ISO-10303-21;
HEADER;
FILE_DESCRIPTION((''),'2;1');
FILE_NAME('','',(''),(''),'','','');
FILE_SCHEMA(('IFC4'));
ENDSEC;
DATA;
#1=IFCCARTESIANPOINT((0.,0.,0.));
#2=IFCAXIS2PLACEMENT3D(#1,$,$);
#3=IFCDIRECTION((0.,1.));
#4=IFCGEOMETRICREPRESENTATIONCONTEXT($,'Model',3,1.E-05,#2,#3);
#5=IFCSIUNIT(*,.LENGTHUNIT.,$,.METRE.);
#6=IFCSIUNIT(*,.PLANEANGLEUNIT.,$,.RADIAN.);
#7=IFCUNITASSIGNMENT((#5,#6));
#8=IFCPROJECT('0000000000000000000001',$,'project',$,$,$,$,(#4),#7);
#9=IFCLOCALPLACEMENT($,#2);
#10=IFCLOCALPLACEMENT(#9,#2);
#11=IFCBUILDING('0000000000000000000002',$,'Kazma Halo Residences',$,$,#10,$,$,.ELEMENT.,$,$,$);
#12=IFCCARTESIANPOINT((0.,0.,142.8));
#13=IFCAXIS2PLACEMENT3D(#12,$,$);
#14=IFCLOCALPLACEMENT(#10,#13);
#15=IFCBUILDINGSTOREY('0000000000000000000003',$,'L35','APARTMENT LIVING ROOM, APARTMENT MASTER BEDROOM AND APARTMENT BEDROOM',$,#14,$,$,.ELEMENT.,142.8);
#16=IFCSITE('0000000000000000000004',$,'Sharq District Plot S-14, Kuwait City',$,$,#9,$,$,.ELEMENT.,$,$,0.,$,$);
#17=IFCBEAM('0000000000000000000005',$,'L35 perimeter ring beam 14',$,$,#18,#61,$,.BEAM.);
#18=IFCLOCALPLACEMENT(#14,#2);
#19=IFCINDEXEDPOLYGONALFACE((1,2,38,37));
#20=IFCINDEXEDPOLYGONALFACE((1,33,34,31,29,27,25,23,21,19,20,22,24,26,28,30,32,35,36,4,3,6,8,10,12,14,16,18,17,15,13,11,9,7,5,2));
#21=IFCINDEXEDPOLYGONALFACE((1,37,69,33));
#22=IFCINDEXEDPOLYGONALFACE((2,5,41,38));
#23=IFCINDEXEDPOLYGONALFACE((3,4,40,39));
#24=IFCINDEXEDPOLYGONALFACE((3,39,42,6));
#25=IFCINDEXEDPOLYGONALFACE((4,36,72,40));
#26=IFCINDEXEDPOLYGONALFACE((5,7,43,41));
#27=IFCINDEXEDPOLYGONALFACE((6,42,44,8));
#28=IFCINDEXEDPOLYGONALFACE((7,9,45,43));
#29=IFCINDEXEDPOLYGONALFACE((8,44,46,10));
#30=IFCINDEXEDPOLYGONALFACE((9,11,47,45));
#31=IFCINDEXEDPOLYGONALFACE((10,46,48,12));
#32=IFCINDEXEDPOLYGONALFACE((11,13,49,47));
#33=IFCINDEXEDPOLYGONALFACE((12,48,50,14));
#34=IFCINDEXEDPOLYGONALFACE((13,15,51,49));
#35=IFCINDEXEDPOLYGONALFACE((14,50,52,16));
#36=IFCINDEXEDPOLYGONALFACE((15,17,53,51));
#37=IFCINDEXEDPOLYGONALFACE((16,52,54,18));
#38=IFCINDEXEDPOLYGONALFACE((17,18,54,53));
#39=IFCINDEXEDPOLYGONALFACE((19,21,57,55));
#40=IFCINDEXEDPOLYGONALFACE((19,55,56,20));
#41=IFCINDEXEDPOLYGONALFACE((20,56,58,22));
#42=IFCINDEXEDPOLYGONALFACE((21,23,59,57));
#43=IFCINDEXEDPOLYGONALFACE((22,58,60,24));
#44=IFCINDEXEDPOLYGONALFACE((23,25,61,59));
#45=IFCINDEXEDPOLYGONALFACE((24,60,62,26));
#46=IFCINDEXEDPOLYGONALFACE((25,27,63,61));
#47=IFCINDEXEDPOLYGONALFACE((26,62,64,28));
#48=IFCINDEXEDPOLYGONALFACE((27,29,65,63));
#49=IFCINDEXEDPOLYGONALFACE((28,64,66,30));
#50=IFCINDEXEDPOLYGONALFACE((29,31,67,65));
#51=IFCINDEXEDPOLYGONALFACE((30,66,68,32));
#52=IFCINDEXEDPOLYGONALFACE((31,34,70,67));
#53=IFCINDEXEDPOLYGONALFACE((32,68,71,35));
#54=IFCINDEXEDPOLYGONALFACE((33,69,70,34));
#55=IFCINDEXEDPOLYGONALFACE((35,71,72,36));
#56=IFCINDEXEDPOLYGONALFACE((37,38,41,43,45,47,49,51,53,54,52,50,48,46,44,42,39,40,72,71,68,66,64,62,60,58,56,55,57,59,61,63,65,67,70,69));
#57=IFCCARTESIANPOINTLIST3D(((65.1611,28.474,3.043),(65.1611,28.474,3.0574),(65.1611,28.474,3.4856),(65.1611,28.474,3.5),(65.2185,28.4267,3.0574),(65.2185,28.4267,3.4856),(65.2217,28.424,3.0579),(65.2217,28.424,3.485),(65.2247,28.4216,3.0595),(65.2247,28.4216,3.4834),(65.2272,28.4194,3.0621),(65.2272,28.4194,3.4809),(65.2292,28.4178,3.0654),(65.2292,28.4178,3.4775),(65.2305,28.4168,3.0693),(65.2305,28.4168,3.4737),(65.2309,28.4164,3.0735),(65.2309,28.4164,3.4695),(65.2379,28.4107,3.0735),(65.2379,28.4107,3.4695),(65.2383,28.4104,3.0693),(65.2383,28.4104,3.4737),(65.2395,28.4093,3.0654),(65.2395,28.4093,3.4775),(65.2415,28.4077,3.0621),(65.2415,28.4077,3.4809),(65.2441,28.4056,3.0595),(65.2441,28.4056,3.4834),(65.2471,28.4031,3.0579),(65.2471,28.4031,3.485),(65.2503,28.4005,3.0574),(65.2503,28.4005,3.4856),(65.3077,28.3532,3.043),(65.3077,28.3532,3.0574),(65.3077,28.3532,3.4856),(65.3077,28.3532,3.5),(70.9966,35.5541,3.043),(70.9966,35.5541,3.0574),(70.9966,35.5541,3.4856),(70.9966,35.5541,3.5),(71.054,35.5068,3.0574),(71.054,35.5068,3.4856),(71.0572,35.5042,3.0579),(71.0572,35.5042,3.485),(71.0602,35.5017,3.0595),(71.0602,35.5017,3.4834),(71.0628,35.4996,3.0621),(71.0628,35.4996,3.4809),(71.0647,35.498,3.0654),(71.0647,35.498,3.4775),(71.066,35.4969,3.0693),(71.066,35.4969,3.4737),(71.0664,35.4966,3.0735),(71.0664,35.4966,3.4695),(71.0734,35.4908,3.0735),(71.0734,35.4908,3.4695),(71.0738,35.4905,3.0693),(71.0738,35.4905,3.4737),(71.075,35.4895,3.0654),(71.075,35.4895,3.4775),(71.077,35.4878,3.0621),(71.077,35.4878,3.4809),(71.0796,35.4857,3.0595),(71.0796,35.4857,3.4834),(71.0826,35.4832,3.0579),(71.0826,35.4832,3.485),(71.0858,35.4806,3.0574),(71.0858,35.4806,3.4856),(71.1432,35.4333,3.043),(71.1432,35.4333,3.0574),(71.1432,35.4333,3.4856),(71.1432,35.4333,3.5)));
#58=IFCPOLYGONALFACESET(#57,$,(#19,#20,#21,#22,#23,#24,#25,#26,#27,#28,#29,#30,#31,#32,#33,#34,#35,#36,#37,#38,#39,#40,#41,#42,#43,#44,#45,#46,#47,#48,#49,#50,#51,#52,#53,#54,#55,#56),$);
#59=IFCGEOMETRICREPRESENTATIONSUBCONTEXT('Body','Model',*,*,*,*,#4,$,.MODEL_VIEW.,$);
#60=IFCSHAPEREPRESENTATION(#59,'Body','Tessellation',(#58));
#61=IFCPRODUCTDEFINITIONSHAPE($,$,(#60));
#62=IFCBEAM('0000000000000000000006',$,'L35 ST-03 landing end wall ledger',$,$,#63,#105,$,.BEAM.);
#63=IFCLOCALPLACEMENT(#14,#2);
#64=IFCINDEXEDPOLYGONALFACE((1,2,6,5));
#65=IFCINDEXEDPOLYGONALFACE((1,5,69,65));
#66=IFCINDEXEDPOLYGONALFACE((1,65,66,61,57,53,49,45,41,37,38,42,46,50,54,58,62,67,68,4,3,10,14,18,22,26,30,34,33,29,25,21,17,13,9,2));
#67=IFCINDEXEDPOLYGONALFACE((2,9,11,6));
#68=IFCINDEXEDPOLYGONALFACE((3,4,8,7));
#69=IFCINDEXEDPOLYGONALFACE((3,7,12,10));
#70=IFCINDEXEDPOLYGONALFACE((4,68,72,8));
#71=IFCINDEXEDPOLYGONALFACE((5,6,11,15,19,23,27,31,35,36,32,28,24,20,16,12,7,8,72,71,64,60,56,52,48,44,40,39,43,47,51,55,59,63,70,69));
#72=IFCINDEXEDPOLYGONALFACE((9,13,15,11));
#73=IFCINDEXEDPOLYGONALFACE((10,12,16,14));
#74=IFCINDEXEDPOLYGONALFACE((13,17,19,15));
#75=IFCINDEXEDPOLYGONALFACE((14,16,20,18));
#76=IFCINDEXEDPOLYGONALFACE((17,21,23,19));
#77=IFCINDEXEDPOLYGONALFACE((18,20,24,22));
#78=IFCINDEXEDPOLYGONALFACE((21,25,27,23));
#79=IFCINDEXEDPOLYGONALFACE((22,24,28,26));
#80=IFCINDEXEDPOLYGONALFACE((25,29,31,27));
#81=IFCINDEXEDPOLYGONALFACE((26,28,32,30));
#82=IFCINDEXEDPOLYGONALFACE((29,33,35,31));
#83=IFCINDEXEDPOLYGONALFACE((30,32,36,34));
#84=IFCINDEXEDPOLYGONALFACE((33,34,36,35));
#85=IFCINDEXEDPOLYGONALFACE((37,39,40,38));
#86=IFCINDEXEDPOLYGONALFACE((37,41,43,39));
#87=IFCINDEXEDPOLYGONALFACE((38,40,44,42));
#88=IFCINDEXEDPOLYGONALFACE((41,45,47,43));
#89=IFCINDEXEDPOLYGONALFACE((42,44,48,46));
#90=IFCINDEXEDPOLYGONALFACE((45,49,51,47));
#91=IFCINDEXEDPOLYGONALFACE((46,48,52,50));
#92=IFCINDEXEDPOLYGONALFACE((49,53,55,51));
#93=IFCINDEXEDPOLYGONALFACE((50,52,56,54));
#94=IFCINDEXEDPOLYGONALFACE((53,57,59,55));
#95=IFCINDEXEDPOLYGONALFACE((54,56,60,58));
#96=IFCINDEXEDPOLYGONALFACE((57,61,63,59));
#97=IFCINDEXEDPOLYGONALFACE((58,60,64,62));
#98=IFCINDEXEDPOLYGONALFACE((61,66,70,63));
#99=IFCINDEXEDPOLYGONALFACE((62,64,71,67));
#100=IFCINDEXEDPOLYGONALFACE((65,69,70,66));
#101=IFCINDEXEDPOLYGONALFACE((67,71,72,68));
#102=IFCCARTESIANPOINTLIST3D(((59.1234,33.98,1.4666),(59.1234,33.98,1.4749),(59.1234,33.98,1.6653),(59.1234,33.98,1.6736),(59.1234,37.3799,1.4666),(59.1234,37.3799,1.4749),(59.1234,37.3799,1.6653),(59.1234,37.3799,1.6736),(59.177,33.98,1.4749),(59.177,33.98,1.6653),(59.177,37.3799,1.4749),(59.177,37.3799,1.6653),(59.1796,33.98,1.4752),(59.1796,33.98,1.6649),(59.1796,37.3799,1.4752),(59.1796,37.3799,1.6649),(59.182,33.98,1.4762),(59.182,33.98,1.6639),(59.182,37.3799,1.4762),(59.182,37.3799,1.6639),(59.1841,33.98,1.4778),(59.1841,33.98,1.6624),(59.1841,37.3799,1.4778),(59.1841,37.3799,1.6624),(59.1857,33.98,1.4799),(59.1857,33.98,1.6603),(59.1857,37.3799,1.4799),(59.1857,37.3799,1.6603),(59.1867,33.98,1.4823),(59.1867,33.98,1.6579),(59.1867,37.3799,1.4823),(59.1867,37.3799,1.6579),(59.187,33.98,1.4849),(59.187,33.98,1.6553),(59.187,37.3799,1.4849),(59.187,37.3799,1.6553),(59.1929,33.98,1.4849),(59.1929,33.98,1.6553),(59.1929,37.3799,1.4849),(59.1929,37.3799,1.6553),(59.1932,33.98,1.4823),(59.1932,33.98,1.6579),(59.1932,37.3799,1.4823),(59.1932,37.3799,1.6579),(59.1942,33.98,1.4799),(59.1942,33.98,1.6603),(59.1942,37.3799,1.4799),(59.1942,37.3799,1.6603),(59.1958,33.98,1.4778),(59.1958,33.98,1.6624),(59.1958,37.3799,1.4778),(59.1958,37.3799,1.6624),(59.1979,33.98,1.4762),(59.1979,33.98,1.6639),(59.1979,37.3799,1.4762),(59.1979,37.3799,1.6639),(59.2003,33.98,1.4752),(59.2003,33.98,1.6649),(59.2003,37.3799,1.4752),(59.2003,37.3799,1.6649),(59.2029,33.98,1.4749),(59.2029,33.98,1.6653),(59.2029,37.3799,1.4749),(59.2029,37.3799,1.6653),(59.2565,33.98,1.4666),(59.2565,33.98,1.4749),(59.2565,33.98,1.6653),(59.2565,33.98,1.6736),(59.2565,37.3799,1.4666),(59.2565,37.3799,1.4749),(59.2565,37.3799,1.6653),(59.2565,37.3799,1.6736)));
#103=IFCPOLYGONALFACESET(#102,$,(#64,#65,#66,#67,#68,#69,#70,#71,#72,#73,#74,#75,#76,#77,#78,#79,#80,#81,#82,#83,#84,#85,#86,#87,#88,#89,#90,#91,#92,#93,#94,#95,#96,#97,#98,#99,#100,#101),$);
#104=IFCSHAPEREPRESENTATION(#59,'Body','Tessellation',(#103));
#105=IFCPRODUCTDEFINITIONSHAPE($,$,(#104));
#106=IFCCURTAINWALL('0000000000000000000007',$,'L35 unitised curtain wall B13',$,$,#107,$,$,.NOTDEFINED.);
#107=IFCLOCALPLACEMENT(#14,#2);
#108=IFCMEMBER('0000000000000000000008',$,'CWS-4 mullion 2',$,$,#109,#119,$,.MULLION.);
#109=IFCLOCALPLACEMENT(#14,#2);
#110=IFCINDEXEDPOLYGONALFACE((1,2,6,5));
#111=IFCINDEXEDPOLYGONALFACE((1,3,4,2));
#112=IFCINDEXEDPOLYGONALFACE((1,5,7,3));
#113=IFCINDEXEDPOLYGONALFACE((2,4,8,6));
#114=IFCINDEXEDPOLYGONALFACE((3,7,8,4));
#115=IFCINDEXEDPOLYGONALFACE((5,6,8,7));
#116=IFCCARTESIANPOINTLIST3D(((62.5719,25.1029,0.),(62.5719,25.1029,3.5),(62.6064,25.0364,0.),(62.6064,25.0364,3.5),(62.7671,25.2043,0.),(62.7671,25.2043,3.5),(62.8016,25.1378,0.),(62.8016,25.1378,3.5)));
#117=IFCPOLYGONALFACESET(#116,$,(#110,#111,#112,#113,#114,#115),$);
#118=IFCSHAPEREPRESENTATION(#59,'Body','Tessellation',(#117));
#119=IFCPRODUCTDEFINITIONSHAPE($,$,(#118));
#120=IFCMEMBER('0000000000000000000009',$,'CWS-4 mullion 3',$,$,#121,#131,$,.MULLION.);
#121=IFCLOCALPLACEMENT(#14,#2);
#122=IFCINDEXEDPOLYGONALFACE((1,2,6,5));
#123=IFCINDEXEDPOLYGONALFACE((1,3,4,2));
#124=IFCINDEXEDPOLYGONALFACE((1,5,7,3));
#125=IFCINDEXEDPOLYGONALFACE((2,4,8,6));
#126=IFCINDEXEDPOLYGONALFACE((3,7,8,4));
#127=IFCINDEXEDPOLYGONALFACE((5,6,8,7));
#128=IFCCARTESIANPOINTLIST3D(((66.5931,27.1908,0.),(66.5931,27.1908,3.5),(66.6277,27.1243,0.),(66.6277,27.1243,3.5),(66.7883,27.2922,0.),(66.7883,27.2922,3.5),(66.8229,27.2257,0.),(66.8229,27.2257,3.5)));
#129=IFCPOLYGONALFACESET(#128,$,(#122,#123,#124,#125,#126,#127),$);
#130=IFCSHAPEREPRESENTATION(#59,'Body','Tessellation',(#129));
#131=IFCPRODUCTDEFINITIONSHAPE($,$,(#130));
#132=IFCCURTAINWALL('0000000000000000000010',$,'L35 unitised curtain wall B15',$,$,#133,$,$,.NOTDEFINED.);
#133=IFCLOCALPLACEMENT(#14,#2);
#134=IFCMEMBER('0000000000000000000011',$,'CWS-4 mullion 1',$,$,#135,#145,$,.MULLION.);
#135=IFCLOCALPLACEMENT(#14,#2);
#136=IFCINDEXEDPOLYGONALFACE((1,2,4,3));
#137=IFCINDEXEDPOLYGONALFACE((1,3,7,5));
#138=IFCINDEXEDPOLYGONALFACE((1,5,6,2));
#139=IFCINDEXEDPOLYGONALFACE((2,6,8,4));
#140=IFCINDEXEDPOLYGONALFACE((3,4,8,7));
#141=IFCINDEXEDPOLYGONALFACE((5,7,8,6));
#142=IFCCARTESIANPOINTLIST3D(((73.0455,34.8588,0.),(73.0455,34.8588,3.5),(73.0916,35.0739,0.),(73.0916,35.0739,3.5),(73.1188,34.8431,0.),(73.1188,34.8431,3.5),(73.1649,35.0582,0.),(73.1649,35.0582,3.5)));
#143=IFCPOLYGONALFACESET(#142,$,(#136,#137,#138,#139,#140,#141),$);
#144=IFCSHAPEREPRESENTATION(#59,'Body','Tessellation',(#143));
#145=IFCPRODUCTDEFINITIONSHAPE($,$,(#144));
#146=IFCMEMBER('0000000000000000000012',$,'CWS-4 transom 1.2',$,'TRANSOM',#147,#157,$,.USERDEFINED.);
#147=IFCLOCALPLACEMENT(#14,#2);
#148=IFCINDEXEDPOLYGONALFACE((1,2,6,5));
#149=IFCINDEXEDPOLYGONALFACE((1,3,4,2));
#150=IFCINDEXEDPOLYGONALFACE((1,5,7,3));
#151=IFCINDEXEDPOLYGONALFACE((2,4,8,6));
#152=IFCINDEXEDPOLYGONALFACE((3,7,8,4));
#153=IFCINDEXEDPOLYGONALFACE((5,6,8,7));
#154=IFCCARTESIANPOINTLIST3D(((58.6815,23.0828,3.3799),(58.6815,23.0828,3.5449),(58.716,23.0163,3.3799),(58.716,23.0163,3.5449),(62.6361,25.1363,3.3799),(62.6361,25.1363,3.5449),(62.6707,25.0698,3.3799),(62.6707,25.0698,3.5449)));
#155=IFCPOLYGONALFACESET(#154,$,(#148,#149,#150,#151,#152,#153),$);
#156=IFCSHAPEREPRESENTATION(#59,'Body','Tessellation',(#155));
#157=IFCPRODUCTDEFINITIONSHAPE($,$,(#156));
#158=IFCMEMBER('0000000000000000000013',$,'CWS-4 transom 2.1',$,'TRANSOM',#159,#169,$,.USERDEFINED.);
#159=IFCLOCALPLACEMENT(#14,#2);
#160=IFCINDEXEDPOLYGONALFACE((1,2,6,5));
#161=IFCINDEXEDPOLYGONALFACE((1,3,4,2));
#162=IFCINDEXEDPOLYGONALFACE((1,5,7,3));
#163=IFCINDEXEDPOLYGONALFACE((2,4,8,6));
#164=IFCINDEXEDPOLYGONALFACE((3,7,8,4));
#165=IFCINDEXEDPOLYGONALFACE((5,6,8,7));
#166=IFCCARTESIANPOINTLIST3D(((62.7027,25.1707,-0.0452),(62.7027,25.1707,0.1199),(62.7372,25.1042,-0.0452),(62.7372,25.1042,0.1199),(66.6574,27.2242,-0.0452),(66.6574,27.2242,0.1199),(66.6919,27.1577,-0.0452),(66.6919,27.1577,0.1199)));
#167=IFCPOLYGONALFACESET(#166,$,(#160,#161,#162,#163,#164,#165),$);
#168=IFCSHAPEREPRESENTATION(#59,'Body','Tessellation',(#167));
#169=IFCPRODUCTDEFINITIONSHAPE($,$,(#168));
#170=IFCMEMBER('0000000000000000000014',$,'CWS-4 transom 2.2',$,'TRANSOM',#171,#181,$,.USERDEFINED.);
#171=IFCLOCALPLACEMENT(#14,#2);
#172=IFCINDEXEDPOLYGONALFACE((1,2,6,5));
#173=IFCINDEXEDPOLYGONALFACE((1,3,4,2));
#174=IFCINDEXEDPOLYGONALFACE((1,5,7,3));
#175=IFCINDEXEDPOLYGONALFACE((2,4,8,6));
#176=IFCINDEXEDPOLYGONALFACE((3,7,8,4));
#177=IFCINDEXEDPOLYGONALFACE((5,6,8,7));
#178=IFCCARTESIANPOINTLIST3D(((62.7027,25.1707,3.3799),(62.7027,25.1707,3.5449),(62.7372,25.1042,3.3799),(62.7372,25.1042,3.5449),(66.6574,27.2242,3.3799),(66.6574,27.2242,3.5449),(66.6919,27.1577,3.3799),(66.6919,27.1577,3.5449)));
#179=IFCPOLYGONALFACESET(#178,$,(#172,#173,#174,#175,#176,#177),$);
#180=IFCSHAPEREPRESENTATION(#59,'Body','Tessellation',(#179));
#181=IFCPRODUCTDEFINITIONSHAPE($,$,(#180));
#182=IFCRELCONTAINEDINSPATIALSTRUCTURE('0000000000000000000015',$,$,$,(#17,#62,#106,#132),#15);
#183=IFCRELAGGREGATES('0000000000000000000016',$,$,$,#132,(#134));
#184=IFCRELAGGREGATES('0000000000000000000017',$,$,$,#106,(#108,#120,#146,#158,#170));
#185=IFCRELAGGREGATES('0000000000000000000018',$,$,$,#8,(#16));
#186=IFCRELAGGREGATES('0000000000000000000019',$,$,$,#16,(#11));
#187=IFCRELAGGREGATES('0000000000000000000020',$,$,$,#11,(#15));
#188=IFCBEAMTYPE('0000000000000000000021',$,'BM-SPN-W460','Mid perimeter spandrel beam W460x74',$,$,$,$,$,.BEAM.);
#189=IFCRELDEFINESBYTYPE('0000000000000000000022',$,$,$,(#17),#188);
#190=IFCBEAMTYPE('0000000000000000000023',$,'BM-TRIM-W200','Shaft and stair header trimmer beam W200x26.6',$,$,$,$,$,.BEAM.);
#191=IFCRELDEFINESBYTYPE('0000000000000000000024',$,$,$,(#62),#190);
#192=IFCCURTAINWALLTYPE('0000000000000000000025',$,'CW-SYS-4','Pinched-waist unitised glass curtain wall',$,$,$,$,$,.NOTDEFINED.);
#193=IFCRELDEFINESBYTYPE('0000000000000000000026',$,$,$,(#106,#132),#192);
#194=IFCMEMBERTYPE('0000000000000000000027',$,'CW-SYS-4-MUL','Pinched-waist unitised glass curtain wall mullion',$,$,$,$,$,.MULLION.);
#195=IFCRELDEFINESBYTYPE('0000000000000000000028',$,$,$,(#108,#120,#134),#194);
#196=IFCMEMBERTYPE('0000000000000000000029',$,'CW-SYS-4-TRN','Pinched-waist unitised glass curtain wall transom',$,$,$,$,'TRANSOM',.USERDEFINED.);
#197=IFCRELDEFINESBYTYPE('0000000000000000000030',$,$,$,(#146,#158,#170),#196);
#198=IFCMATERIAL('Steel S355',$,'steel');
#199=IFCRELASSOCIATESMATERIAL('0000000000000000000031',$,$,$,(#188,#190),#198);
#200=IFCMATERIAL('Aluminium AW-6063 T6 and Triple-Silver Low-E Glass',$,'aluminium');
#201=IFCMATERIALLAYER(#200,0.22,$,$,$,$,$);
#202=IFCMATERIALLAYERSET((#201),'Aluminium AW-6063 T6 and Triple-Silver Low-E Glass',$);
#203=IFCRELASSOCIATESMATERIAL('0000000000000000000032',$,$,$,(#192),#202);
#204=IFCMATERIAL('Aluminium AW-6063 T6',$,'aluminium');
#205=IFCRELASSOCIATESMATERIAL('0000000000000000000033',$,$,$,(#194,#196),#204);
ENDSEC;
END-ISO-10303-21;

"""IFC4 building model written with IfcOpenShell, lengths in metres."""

from ifc_helpers import new_model, si_unit, direction, frame, origin, origin_2d, place, context, subcontext, project, spatial, rectangle, i_section, extrude, material, layer, layer_set, material_profile, profile_set, type_object, element, aggregate, save


model = new_model("IFC4")

# Units and contexts
model_context = context("Model", 3, precision=1e-05, world=origin(), true_north=direction((0.0, 1.0)))
body_context = subcontext(model_context, "Body", "Model", "MODEL_VIEW")
ifc_project = project(units=[si_unit("LENGTHUNIT", "METRE"), si_unit("PLANEANGLEUNIT", "RADIAN")], contexts=[model_context])

# Site, building, storey
site_placement = place(None, origin())
site = spatial("IfcSite", under=ifc_project, at=site_placement, Name="Sharq District Plot S-14, Kuwait City", CompositionType="ELEMENT", RefElevation=0.0)
building_placement = place(site_placement, origin())
building = spatial("IfcBuilding", under=site, at=building_placement, Name="Kazma Halo Residences", CompositionType="ELEMENT")
storey_placement = place(building_placement, frame((0.0, 0.0, 142.8)))
storey = spatial("IfcBuildingStorey", under=building, at=storey_placement, Name="L35", Description="APARTMENT LIVING ROOM, APARTMENT MASTER BEDROOM AND APARTMENT BEDROOM", CompositionType="ELEMENT", Elevation=142.8)

# Beams
ifc_material_1 = material(Name="Steel S355", Category="steel")
ifc_material_profile_1 = material_profile(ifc_material_1, i_section(OverallWidth=0.1899, OverallDepth=0.457, WebThickness=0.009, FlangeThickness=0.0144, FilletRadius=0.0161, at=origin_2d()), Name="W460x74")
ifc_profile_set_1 = profile_set([ifc_material_profile_1], Name="Steel S355")
beam_type_1 = type_object("IfcBeamType", Name="BM-SPN-W460", Description="Mid perimeter spandrel beam W460x74", PredefinedType="BEAM", material=ifc_profile_set_1)
beam_1_placement = place(storey_placement, frame((65.2344, 28.4136, 3.2715), z_axis=(0.636019, 0.771674, 0.0), x_axis=(-0.771674, 0.636019, 0.0)))
element("IfcBeam", 1, at=beam_1_placement, inside=storey, type_object=beam_type_1, Name="L35 perimeter ring beam 14", PredefinedType="BEAM", context=body_context, shape_type="SweptSolid", body=[
    extrude(i_section(OverallWidth=0.1899, OverallDepth=0.457, WebThickness=0.009, FlangeThickness=0.0144, FilletRadius=0.0161, at=origin_2d()), origin(), (0.0, 0.0, 1.0), 9.175),
])
ifc_material_profile_2 = material_profile(ifc_material_1, i_section(OverallWidth=0.1331, OverallDepth=0.207, WebThickness=0.0059, FlangeThickness=0.0083, FilletRadius=0.01, at=origin_2d()), Name="W200x26.6")
ifc_profile_set_2 = profile_set([ifc_material_profile_2], Name="Steel S355")
beam_type_2 = type_object("IfcBeamType", Name="BM-TRIM-W200", Description="Shaft and stair header trimmer beam W200x26.6", PredefinedType="BEAM", material=ifc_profile_set_2)
beam_2_placement = place(storey_placement, frame((59.1899, 33.98, 1.5701), z_axis=(0.0, 1.0, 0.0), x_axis=(-1.0, 0.0, 0.0)))
element("IfcBeam", 2, at=beam_2_placement, inside=storey, type_object=beam_type_2, Name="L35 ST-03 landing end wall ledger", PredefinedType="BEAM", context=body_context, shape_type="SweptSolid", body=[
    extrude(i_section(OverallWidth=0.1331, OverallDepth=0.207, WebThickness=0.0059, FlangeThickness=0.0083, FilletRadius=0.01, at=origin_2d()), origin(), (0.0, 0.0, 1.0), 3.3999),
])

# Curtain wall, members
ifc_material_2 = material(Name="Aluminium AW-6063 T6 and Triple-Silver Low-E Glass", Category="aluminium")
ifc_layer_1 = layer(ifc_material_2, 0.22)
ifc_layer_set_1 = layer_set([ifc_layer_1], Name="Aluminium AW-6063 T6 and Triple-Silver Low-E Glass")
curtain_wall_type = type_object("IfcCurtainWallType", Name="CW-SYS-4", Description="Pinched-waist unitised glass curtain wall", PredefinedType="NOTDEFINED", material=ifc_layer_set_1)
curtain_wall_1_placement = place(storey_placement, origin())
curtain_wall_1 = element("IfcCurtainWall", 3, at=curtain_wall_1_placement, inside=storey, type_object=curtain_wall_type, Name="L35 unitised curtain wall B13", PredefinedType="NOTDEFINED")
ifc_material_3 = material(Name="Aluminium AW-6063 T6", Category="aluminium")
ifc_material_profile_3 = material_profile(ifc_material_3, rectangle(XDim=0.075, YDim=0.22, at=origin_2d()), Name="CWM-75x220")
ifc_profile_set_3 = profile_set([ifc_material_profile_3], Name="Aluminium AW-6063 T6")
member_type_1 = type_object("IfcMemberType", Name="CW-SYS-4-MUL", Description="Pinched-waist unitised glass curtain wall mullion", PredefinedType="MULLION", material=ifc_profile_set_3)
member_1_placement = place(storey_placement, frame((62.6868, 25.1204, 0.0), z_axis=(0.0, 0.0, 1.0), x_axis=(-0.460837, 0.887485, 0.0)))
member_1 = element("IfcMember", 4, at=member_1_placement, type_object=member_type_1, Name="CWS-4 mullion 2", PredefinedType="MULLION", context=body_context, shape_type="SweptSolid", body=[
    extrude(rectangle(XDim=0.075, YDim=0.22, at=origin_2d()), origin(), (0.0, 0.0, 1.0), 3.5),
])
member_2_placement = place(storey_placement, frame((66.708, 27.2083, 0.0), z_axis=(0.0, 0.0, 1.0), x_axis=(-0.460837, 0.887485, 0.0)))
member_2 = element("IfcMember", 5, at=member_2_placement, type_object=member_type_1, Name="CWS-4 mullion 3", PredefinedType="MULLION", context=body_context, shape_type="SweptSolid", body=[
    extrude(rectangle(XDim=0.075, YDim=0.22, at=origin_2d()), origin(), (0.0, 0.0, 1.0), 3.5),
])

# Curtain wall, member
curtain_wall_2_placement = place(storey_placement, origin())
curtain_wall_2 = element("IfcCurtainWall", 6, at=curtain_wall_2_placement, inside=storey, type_object=curtain_wall_type, Name="L35 unitised curtain wall B15", PredefinedType="NOTDEFINED")
member_3_placement = place(storey_placement, frame((73.1052, 34.9585, 0.0), z_axis=(0.0, 0.0, 1.0), x_axis=(-0.977765, 0.209704, 0.0)))
member_3 = element("IfcMember", 7, at=member_3_placement, type_object=member_type_1, Name="CWS-4 mullion 1", PredefinedType="MULLION", context=body_context, shape_type="SweptSolid", body=[
    extrude(rectangle(XDim=0.075, YDim=0.22, at=origin_2d()), origin(), (0.0, 0.0, 1.0), 3.5),
])
aggregate(curtain_wall_2, [member_3])

# Members
ifc_material_profile_4 = material_profile(ifc_material_3, rectangle(XDim=0.075, YDim=0.165, at=origin_2d()), Name="CWT-75x165")
ifc_profile_set_4 = profile_set([ifc_material_profile_4], Name="Aluminium AW-6063 T6")
member_type_2 = type_object("IfcMemberType", Name="CW-SYS-4-TRN", Description="Pinched-waist unitised glass curtain wall transom", ElementType="TRANSOM", PredefinedType="USERDEFINED", material=ifc_profile_set_4)
member_4_placement = place(storey_placement, frame((58.6987, 23.0496, 3.4624), z_axis=(0.887485, 0.460837, 0.0), x_axis=(-0.460837, 0.887485, 0.0)))
member_4 = element("IfcMember", 8, at=member_4_placement, type_object=member_type_2, Name="CWS-4 transom 1.2", ObjectType="TRANSOM", PredefinedType="USERDEFINED", context=body_context, shape_type="SweptSolid", body=[
    extrude(rectangle(XDim=0.075, YDim=0.165, at=origin_2d()), origin(), (0.0, 0.0, 1.0), 4.4561),
])
member_5_placement = place(storey_placement, frame((62.72, 25.1375, 0.0374), z_axis=(0.887485, 0.460837, 0.0), x_axis=(-0.460837, 0.887485, 0.0)))
member_5 = element("IfcMember", 9, at=member_5_placement, type_object=member_type_2, Name="CWS-4 transom 2.1", ObjectType="TRANSOM", PredefinedType="USERDEFINED", context=body_context, shape_type="SweptSolid", body=[
    extrude(rectangle(XDim=0.075, YDim=0.165, at=origin_2d()), origin(), (0.0, 0.0, 1.0), 4.4561),
])
member_6_placement = place(storey_placement, frame((62.72, 25.1375, 3.4624), z_axis=(0.887485, 0.460837, 0.0), x_axis=(-0.460837, 0.887485, 0.0)))
member_6 = element("IfcMember", 10, at=member_6_placement, type_object=member_type_2, Name="CWS-4 transom 2.2", ObjectType="TRANSOM", PredefinedType="USERDEFINED", context=body_context, shape_type="SweptSolid", body=[
    extrude(rectangle(XDim=0.075, YDim=0.165, at=origin_2d()), origin(), (0.0, 0.0, 1.0), 4.4561),
])

aggregate(curtain_wall_1, [member_1, member_2, member_4, member_5, member_6])

save(model, "model.ifc")
